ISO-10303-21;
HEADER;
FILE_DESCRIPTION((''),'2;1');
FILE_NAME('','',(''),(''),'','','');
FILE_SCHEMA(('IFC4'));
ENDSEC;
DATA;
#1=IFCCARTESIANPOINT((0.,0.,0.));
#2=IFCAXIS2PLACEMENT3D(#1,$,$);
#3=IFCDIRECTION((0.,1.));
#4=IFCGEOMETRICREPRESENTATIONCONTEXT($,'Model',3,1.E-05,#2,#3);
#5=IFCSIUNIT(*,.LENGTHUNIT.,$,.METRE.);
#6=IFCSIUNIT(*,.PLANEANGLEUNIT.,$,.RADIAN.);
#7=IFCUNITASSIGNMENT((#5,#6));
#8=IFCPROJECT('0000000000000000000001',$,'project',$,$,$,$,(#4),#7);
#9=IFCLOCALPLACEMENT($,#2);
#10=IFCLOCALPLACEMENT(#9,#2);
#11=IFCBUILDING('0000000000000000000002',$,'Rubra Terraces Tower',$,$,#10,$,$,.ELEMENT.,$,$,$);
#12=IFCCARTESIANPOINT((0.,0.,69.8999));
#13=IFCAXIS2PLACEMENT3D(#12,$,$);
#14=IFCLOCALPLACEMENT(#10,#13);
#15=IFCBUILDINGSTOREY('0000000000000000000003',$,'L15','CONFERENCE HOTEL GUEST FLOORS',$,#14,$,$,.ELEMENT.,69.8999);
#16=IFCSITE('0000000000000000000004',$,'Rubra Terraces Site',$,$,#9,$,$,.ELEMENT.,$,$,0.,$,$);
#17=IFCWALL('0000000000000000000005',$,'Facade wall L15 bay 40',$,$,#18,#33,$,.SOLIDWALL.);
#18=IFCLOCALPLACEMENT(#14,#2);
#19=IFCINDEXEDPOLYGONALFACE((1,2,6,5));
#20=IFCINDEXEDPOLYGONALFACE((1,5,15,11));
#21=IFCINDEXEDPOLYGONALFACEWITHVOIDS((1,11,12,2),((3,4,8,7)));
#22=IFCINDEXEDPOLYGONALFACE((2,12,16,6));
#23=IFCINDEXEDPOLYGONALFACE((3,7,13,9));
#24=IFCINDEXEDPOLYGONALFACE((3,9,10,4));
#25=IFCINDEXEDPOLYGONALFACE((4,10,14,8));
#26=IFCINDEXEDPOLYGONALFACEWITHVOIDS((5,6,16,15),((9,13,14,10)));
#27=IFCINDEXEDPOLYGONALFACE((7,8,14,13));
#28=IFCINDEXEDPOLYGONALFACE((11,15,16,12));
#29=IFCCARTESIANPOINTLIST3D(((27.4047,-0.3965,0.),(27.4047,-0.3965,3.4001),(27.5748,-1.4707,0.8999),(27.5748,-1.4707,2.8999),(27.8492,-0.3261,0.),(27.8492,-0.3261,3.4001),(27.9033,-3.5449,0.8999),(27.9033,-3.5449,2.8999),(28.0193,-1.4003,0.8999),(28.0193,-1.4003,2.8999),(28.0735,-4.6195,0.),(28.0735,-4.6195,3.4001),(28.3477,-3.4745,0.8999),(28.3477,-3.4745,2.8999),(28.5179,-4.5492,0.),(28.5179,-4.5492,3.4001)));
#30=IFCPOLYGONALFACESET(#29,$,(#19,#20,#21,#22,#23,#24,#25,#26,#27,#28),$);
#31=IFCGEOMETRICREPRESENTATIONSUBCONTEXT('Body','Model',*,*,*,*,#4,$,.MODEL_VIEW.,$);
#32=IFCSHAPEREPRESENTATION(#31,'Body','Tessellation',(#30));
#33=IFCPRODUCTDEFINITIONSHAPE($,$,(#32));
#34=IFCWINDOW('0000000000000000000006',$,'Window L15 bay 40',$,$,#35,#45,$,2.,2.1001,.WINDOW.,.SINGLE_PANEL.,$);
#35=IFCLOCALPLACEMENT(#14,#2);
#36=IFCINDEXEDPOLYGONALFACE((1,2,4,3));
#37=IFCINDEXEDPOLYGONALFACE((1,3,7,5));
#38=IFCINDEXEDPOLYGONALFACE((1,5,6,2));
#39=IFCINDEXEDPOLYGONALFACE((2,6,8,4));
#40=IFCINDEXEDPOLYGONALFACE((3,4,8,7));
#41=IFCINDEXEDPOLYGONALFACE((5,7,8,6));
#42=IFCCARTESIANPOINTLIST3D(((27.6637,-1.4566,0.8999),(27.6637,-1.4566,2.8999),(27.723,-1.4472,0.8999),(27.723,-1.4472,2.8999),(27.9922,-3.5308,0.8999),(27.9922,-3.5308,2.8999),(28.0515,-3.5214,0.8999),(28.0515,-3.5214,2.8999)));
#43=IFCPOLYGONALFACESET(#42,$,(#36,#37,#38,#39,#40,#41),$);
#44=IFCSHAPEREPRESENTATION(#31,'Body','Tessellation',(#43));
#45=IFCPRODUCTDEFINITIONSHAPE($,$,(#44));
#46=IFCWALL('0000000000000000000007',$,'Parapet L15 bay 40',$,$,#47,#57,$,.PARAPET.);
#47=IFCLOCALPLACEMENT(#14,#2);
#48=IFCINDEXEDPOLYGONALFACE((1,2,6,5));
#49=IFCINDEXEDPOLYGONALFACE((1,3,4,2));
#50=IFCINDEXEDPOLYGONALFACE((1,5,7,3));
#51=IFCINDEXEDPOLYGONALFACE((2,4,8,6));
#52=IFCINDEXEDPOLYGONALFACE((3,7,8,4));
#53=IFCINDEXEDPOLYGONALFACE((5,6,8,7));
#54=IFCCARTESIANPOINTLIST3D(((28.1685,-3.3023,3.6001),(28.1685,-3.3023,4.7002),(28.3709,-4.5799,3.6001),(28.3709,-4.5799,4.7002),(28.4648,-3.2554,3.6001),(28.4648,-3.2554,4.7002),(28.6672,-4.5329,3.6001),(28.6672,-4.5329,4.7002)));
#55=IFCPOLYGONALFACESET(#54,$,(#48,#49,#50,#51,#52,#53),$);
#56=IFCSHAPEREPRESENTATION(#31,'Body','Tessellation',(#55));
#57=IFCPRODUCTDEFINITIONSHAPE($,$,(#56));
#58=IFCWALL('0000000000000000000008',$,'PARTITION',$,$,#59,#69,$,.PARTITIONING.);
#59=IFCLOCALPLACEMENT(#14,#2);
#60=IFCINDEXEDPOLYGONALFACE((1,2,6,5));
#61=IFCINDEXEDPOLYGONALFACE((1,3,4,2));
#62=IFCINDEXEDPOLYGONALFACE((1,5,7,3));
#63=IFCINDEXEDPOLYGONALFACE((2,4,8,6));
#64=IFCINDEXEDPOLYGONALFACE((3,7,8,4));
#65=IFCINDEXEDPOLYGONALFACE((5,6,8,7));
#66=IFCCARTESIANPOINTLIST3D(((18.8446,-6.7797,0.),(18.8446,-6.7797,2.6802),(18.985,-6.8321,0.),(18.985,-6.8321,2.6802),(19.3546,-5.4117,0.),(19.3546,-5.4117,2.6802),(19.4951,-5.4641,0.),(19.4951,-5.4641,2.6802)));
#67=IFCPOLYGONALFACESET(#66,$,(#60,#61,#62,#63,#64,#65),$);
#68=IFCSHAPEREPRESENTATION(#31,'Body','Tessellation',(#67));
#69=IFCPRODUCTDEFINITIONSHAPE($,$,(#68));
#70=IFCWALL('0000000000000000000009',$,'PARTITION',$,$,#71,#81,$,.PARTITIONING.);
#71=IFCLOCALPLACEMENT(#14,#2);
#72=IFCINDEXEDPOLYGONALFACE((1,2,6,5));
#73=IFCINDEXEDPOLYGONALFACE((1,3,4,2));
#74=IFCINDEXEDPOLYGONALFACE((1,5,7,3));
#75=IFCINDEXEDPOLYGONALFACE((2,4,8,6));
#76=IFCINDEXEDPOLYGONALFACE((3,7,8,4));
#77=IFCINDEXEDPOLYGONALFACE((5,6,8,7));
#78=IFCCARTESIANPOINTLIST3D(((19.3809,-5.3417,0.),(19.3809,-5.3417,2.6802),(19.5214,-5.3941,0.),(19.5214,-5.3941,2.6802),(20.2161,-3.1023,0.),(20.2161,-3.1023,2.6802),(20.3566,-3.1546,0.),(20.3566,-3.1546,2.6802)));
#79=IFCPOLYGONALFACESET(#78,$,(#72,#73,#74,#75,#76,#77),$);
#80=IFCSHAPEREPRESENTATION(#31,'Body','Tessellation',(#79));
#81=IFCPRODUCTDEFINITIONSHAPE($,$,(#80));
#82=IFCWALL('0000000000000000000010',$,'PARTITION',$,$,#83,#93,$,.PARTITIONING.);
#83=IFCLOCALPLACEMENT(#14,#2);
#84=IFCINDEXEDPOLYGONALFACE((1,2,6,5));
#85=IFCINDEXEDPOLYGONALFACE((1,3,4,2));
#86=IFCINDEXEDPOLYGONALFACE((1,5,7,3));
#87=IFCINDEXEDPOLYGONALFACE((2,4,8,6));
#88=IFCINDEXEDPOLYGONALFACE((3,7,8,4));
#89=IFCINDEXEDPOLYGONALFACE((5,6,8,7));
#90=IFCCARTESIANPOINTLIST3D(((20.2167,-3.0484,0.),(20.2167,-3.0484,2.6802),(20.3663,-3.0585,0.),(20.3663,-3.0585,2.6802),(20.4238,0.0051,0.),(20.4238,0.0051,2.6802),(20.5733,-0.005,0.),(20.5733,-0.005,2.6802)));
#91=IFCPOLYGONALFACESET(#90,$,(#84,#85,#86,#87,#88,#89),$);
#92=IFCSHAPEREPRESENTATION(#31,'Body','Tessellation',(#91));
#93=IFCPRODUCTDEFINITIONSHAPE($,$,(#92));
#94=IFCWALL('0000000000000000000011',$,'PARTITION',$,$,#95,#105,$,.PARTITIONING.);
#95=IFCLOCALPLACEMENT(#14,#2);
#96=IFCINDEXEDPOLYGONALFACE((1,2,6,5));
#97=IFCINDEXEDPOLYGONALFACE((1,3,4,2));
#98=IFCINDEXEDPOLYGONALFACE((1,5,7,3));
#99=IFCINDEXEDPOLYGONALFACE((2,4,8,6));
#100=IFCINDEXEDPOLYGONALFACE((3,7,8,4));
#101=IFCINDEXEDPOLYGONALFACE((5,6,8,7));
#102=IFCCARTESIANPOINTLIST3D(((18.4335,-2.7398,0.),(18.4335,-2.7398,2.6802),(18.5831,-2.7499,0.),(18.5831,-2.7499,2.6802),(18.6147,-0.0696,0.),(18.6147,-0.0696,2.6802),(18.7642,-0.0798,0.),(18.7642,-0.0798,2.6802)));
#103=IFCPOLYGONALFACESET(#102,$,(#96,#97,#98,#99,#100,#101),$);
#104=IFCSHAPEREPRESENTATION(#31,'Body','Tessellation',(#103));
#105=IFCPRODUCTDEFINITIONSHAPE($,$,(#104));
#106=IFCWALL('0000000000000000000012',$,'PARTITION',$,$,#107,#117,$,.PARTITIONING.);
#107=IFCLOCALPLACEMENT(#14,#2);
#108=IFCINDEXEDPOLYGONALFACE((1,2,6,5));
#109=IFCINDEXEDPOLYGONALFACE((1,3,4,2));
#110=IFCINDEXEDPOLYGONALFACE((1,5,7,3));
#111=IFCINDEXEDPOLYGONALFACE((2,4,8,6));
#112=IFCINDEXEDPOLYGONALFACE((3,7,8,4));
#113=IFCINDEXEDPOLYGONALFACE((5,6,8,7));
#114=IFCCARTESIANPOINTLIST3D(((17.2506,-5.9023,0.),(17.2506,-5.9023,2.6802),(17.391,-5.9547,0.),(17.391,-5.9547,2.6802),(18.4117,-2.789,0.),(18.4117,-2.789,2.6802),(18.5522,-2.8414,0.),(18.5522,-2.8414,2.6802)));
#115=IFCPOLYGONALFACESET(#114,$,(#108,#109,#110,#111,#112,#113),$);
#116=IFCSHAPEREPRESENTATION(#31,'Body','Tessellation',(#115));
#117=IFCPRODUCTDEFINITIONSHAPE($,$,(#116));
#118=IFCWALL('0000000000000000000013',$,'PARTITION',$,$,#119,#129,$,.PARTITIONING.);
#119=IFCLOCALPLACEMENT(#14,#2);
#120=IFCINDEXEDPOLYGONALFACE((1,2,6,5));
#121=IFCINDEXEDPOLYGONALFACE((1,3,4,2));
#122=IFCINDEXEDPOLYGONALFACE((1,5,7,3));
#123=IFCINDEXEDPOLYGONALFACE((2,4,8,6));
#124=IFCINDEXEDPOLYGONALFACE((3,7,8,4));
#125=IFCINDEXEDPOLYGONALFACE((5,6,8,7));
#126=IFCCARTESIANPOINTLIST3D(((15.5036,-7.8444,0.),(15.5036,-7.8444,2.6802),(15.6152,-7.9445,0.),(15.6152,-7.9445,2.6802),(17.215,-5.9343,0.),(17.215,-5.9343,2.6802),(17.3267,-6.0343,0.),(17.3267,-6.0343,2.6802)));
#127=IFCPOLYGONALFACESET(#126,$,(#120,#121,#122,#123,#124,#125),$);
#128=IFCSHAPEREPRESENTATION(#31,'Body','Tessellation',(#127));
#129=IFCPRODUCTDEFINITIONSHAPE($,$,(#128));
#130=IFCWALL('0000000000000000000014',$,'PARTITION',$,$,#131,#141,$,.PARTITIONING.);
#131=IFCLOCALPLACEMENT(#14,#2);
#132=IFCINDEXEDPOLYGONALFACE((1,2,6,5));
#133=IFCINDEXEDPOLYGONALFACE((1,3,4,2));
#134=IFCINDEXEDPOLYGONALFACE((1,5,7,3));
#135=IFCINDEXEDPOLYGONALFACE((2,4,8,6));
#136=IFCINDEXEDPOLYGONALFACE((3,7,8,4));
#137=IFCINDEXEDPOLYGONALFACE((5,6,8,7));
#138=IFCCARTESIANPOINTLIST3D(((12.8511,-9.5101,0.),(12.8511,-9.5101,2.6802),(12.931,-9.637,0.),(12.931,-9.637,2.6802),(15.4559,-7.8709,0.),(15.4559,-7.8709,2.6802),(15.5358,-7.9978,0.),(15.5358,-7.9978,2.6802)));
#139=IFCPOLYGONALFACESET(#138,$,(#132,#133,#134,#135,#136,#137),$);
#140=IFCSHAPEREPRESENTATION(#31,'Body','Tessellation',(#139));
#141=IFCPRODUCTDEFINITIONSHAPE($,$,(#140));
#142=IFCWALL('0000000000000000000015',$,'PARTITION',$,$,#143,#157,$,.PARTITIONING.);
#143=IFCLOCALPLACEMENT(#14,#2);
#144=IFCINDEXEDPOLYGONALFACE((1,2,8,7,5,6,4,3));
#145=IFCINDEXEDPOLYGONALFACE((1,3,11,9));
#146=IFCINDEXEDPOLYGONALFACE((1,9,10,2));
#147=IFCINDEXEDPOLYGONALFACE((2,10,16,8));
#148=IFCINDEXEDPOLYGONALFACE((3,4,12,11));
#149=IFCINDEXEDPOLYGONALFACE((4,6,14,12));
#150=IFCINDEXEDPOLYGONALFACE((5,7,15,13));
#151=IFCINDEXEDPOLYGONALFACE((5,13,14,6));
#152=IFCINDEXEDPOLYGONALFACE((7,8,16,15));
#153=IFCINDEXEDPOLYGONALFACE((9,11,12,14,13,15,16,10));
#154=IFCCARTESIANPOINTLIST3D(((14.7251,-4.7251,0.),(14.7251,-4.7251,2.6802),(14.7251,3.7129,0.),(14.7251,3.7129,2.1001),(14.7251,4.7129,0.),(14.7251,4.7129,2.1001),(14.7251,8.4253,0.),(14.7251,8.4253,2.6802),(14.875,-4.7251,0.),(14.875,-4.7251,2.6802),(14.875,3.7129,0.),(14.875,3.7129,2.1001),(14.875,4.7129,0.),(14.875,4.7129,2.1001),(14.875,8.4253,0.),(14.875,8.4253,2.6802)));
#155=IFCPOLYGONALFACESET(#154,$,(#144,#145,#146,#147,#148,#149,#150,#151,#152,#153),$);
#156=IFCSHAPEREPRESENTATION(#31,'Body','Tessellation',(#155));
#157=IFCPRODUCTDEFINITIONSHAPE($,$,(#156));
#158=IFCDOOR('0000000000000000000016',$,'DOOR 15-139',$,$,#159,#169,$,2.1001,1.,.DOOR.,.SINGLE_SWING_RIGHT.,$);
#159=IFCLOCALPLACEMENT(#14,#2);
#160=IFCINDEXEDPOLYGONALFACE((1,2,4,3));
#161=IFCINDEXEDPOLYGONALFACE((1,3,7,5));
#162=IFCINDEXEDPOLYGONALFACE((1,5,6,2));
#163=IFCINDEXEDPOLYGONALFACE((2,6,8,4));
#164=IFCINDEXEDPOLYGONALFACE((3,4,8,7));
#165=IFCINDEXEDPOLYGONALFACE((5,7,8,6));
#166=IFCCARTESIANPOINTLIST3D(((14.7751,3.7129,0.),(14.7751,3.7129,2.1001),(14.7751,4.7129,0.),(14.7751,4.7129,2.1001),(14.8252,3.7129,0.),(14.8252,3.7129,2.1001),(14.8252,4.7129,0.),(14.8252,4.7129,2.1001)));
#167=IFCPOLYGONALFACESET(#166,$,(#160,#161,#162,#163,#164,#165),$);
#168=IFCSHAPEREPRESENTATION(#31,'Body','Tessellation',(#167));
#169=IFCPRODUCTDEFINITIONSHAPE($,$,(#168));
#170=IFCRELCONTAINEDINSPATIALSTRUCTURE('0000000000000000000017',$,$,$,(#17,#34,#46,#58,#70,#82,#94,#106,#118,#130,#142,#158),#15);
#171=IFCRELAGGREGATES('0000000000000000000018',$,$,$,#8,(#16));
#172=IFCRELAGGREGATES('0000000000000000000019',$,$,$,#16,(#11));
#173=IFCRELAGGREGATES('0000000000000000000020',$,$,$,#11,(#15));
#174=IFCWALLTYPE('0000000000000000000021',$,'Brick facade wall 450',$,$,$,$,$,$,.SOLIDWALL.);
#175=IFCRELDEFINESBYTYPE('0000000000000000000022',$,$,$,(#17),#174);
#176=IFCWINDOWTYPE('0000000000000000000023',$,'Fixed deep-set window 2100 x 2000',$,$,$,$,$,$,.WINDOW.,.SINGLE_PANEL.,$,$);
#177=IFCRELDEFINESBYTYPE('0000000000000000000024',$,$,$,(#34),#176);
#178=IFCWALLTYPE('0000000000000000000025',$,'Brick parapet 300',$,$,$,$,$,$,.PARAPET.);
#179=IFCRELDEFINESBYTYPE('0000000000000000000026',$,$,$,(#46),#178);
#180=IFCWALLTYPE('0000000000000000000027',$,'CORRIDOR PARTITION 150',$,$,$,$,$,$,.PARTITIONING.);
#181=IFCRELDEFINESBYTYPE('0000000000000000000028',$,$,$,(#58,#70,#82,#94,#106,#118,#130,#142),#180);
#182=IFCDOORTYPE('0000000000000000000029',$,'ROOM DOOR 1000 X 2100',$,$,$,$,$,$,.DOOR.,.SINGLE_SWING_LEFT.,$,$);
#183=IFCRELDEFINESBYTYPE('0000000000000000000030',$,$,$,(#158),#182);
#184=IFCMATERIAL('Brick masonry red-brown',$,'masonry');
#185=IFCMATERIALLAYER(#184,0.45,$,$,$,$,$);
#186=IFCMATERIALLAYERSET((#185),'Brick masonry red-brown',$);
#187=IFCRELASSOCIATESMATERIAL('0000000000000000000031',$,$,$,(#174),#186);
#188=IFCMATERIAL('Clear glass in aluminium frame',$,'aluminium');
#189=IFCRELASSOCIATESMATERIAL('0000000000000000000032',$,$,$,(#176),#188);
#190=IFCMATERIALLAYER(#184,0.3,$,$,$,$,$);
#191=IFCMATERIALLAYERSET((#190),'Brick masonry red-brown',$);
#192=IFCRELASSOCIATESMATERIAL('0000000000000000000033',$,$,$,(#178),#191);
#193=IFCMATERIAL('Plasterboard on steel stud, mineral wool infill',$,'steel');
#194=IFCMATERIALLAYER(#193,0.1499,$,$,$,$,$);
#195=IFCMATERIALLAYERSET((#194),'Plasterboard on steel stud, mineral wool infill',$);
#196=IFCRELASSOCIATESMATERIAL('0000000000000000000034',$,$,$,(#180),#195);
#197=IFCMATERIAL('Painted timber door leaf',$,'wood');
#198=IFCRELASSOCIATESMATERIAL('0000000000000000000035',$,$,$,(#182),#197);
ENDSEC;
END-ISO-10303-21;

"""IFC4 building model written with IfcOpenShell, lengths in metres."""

from ifc_helpers import new_model, si_unit, direction, frame, frame_2d, origin, place, context, subcontext, project, spatial, rectangle, extrude, material, layer, layer_set, type_object, element, fill, save


model = new_model("IFC4")

# Units and contexts
model_context = context("Model", 3, precision=1e-05, world=origin(), true_north=direction((0.0, 1.0)))
body_context = subcontext(model_context, "Body", "Model", "MODEL_VIEW")
ifc_project = project(units=[si_unit("LENGTHUNIT", "METRE"), si_unit("PLANEANGLEUNIT", "RADIAN")], contexts=[model_context])

# Site, building, storey
site_placement = place(None, origin())
site = spatial("IfcSite", under=ifc_project, at=site_placement, Name="Rubra Terraces Site", CompositionType="ELEMENT", RefElevation=0.0)
building_placement = place(site_placement, origin())
building = spatial("IfcBuilding", under=site, at=building_placement, Name="Rubra Terraces Tower", CompositionType="ELEMENT")
storey_placement = place(building_placement, frame((0.0, 0.0, 69.8999)))
storey = spatial("IfcBuildingStorey", under=building, at=storey_placement, Name="L15", Description="CONFERENCE HOTEL GUEST FLOORS", CompositionType="ELEMENT", Elevation=69.8999)

# Wall, opening, window
ifc_material_1 = material(Name="Brick masonry red-brown", Category="masonry")
ifc_layer_1 = layer(ifc_material_1, 0.45)
ifc_layer_set_1 = layer_set([ifc_layer_1], Name="Brick masonry red-brown")
wall_type_1 = type_object("IfcWallType", Name="Brick facade wall 450", PredefinedType="SOLIDWALL", material=ifc_layer_set_1)
ifc_material_2 = material(Name="Clear glass in aluminium frame", Category="aluminium")
window_type = type_object("IfcWindowType", Name="Fixed deep-set window 2100 x 2000", PartitioningType="SINGLE_PANEL", PredefinedType="WINDOW", material=ifc_material_2)
wall_1_placement = place(storey_placement, frame((28.2957, -4.5842, 0.0), z_axis=(0.0, 0.0, 1.0), x_axis=(-0.156402, 0.987693, 0.0)))
wall_1 = element("IfcWall", 1, at=wall_1_placement, inside=storey, type_object=wall_type_1, Name="Facade wall L15 bay 40", PredefinedType="SOLIDWALL", context=body_context, shape_type="SweptSolid", body=[
    extrude(rectangle(XDim=4.2756, YDim=0.45, at=frame_2d((2.1377, 0.0))), origin(), (0.0, 0.0, 1.0), 3.4001),
])
opening_1_placement = place(wall_1_placement, frame((1.0879, 0.0, 0.8999)))
opening_1 = element("IfcOpeningElement", 2, at=opening_1_placement, cuts=wall_1, PredefinedType="OPENING", context=body_context, shape_type="SweptSolid", body=[
    extrude(rectangle(XDim=2.1001, YDim=2.0, at=frame_2d((1.05, 1.0))), frame((0.0, 0.2349, 0.0), z_axis=(0.0, -1.0, 0.0), x_axis=(1.0, 0.0, 0.0)), (0.0, 0.0, 1.0), 0.47),
])
window_1_placement = place(opening_1_placement, origin())
window_1 = element("IfcWindow", 3, at=window_1_placement, inside=storey, type_object=window_type, Name="Window L15 bay 40", OverallHeight=2.0, OverallWidth=2.1001, PartitioningType="SINGLE_PANEL", PredefinedType="WINDOW", context=body_context, shape_type="SweptSolid", body=[
    extrude(rectangle(XDim=2.1001, YDim=2.0, at=frame_2d((1.05, 1.0))), frame((0.0, 0.135, 0.0), z_axis=(0.0, -1.0, 0.0), x_axis=(1.0, 0.0, 0.0)), (0.0, 0.0, 1.0), 0.0601),
])
fill(opening_1, window_1)

# Walls
ifc_layer_2 = layer(ifc_material_1, 0.3)
ifc_layer_set_2 = layer_set([ifc_layer_2], Name="Brick masonry red-brown")
wall_type_2 = type_object("IfcWallType", Name="Brick parapet 300", PredefinedType="PARAPET", material=ifc_layer_set_2)
wall_2_placement = place(storey_placement, frame((28.519, -4.5564, 3.6001), z_axis=(0.0, 0.0, 1.0), x_axis=(-0.156467, 0.987683, 0.0)))
element("IfcWall", 4, at=wall_2_placement, inside=storey, type_object=wall_type_2, Name="Parapet L15 bay 40", PredefinedType="PARAPET", context=body_context, shape_type="SweptSolid", body=[
    extrude(rectangle(XDim=1.2935, YDim=0.3, at=frame_2d((0.6467, 0.0))), origin(), (0.0, 0.0, 1.0), 1.1001),
])
ifc_material_3 = material(Name="Plasterboard on steel stud, mineral wool infill", Category="steel")
ifc_layer_3 = layer(ifc_material_3, 0.1499)
ifc_layer_set_3 = layer_set([ifc_layer_3], Name="Plasterboard on steel stud, mineral wool infill")
wall_type_3 = type_object("IfcWallType", Name="CORRIDOR PARTITION 150", PredefinedType="PARTITIONING", material=ifc_layer_set_3)
wall_3_placement = place(storey_placement, frame((18.9148, -6.8059, 0.0), z_axis=(0.0, 0.0, 1.0), x_axis=(0.349345, 0.936994, 0.0)))
element("IfcWall", 5, at=wall_3_placement, inside=storey, type_object=wall_type_3, Name="PARTITION", PredefinedType="PARTITIONING", context=body_context, shape_type="SweptSolid", body=[
    extrude(rectangle(XDim=1.46, YDim=0.1499, at=frame_2d((0.73, 0.0))), origin(), (0.0, 0.0, 1.0), 2.6802),
])
wall_4_placement = place(storey_placement, frame((19.4512, -5.3679, 0.0), z_axis=(0.0, 0.0, 1.0), x_axis=(0.349433, 0.936962, 0.0)))
element("IfcWall", 6, at=wall_4_placement, inside=storey, type_object=wall_type_3, Name="PARTITION", PredefinedType="PARTITIONING", context=body_context, shape_type="SweptSolid", body=[
    extrude(rectangle(XDim=2.3901, YDim=0.1499, at=frame_2d((1.1951, 0.0))), origin(), (0.0, 0.0, 1.0), 2.6802),
])
wall_5_placement = place(storey_placement, frame((20.2915, -3.0535, 0.0), z_axis=(0.0, 0.0, 1.0), x_axis=(0.067647, 0.997709, 0.0)))
element("IfcWall", 7, at=wall_5_placement, inside=storey, type_object=wall_type_3, Name="PARTITION", PredefinedType="PARTITIONING", context=body_context, shape_type="SweptSolid", body=[
    extrude(rectangle(XDim=3.0605, YDim=0.1499, at=frame_2d((1.5303, 0.0))), origin(), (0.0, 0.0, 1.0), 2.6802),
])
wall_6_placement = place(storey_placement, frame((18.6895, -0.0747, 0.0), z_axis=(0.0, 0.0, 1.0), x_axis=(-0.067688, -0.997707, 0.0)))
element("IfcWall", 8, at=wall_6_placement, inside=storey, type_object=wall_type_3, Name="PARTITION", PredefinedType="PARTITIONING", context=body_context, shape_type="SweptSolid", body=[
    extrude(rectangle(XDim=2.6763, YDim=0.1499, at=frame_2d((1.3381, 0.0))), origin(), (0.0, 0.0, 1.0), 2.6802),
])
wall_7_placement = place(storey_placement, frame((18.4819, -2.8152, 0.0), z_axis=(0.0, 0.0, 1.0), x_axis=(-0.349448, -0.936956, 0.0)))
element("IfcWall", 9, at=wall_7_placement, inside=storey, type_object=wall_type_3, Name="PARTITION", PredefinedType="PARTITIONING", context=body_context, shape_type="SweptSolid", body=[
    extrude(rectangle(XDim=3.3228, YDim=0.1499, at=frame_2d((1.6614, 0.0))), origin(), (0.0, 0.0, 1.0), 2.6802),
])
wall_8_placement = place(storey_placement, frame((17.2708, -5.9844, 0.0), z_axis=(0.0, 0.0, 1.0), x_axis=(-0.667301, -0.744788, 0.0)))
element("IfcWall", 10, at=wall_8_placement, inside=storey, type_object=wall_type_3, Name="PARTITION", PredefinedType="PARTITIONING", context=body_context, shape_type="SweptSolid", body=[
    extrude(rectangle(XDim=2.5647, YDim=0.1499, at=frame_2d((1.2822, 0.0))), origin(), (0.0, 0.0, 1.0), 2.6802),
])
wall_9_placement = place(storey_placement, frame((15.4958, -7.9343, 0.0), z_axis=(0.0, 0.0, 1.0), x_axis=(-0.846359, -0.532613, 0.0)))
element("IfcWall", 11, at=wall_9_placement, inside=storey, type_object=wall_type_3, Name="PARTITION", PredefinedType="PARTITIONING", context=body_context, shape_type="SweptSolid", body=[
    extrude(rectangle(XDim=3.0776, YDim=0.1499, at=frame_2d((1.5388, 0.0))), origin(), (0.0, 0.0, 1.0), 2.6802),
])

# Wall, opening, door
wall_10_placement = place(storey_placement, frame((14.8, -4.7251, 0.0), z_axis=(0.0, 0.0, 1.0), x_axis=(0.0, 1.0, 0.0)))
wall_10 = element("IfcWall", 12, at=wall_10_placement, inside=storey, type_object=wall_type_3, Name="PARTITION", PredefinedType="PARTITIONING", context=body_context, shape_type="SweptSolid", body=[
    extrude(rectangle(XDim=13.1504, YDim=0.1499, at=frame_2d((6.5752, 0.0))), origin(), (0.0, 0.0, 1.0), 2.6802),
])
opening_2_placement = place(wall_10_placement, frame((8.438, 0.0, 0.0)))
opening_2 = element("IfcOpeningElement", 13, at=opening_2_placement, cuts=wall_10, PredefinedType="OPENING", context=body_context, shape_type="SweptSolid", body=[
    extrude(rectangle(XDim=1.0, YDim=2.1001, at=frame_2d((0.5, 1.05))), frame((0.0, 0.085, 0.0), z_axis=(0.0, -1.0, 0.0), x_axis=(1.0, 0.0, 0.0)), (0.0, 0.0, 1.0), 0.1699),
])
ifc_material_4 = material(Name="Painted timber door leaf", Category="wood")
door_type_1 = type_object("IfcDoorType", Name="ROOM DOOR 1000 X 2100", OperationType="SINGLE_SWING_LEFT", PredefinedType="DOOR", material=ifc_material_4)
door_1_placement = place(opening_2_placement, origin())
door_1 = element("IfcDoor", 14, at=door_1_placement, inside=storey, type_object=door_type_1, Name="DOOR 15-139", OperationType="SINGLE_SWING_RIGHT", OverallHeight=2.1001, OverallWidth=1.0, PredefinedType="DOOR", context=body_context, shape_type="SweptSolid", body=[
    extrude(rectangle(XDim=1.0, YDim=2.1001, at=frame_2d((0.5, 1.05))), frame((0.0, 0.0249, 0.0), z_axis=(0.0, -1.0, 0.0), x_axis=(1.0, 0.0, 0.0)), (0.0, 0.0, 1.0), 0.05),
])
fill(opening_2, door_1)

save(model, "model.ifc")
